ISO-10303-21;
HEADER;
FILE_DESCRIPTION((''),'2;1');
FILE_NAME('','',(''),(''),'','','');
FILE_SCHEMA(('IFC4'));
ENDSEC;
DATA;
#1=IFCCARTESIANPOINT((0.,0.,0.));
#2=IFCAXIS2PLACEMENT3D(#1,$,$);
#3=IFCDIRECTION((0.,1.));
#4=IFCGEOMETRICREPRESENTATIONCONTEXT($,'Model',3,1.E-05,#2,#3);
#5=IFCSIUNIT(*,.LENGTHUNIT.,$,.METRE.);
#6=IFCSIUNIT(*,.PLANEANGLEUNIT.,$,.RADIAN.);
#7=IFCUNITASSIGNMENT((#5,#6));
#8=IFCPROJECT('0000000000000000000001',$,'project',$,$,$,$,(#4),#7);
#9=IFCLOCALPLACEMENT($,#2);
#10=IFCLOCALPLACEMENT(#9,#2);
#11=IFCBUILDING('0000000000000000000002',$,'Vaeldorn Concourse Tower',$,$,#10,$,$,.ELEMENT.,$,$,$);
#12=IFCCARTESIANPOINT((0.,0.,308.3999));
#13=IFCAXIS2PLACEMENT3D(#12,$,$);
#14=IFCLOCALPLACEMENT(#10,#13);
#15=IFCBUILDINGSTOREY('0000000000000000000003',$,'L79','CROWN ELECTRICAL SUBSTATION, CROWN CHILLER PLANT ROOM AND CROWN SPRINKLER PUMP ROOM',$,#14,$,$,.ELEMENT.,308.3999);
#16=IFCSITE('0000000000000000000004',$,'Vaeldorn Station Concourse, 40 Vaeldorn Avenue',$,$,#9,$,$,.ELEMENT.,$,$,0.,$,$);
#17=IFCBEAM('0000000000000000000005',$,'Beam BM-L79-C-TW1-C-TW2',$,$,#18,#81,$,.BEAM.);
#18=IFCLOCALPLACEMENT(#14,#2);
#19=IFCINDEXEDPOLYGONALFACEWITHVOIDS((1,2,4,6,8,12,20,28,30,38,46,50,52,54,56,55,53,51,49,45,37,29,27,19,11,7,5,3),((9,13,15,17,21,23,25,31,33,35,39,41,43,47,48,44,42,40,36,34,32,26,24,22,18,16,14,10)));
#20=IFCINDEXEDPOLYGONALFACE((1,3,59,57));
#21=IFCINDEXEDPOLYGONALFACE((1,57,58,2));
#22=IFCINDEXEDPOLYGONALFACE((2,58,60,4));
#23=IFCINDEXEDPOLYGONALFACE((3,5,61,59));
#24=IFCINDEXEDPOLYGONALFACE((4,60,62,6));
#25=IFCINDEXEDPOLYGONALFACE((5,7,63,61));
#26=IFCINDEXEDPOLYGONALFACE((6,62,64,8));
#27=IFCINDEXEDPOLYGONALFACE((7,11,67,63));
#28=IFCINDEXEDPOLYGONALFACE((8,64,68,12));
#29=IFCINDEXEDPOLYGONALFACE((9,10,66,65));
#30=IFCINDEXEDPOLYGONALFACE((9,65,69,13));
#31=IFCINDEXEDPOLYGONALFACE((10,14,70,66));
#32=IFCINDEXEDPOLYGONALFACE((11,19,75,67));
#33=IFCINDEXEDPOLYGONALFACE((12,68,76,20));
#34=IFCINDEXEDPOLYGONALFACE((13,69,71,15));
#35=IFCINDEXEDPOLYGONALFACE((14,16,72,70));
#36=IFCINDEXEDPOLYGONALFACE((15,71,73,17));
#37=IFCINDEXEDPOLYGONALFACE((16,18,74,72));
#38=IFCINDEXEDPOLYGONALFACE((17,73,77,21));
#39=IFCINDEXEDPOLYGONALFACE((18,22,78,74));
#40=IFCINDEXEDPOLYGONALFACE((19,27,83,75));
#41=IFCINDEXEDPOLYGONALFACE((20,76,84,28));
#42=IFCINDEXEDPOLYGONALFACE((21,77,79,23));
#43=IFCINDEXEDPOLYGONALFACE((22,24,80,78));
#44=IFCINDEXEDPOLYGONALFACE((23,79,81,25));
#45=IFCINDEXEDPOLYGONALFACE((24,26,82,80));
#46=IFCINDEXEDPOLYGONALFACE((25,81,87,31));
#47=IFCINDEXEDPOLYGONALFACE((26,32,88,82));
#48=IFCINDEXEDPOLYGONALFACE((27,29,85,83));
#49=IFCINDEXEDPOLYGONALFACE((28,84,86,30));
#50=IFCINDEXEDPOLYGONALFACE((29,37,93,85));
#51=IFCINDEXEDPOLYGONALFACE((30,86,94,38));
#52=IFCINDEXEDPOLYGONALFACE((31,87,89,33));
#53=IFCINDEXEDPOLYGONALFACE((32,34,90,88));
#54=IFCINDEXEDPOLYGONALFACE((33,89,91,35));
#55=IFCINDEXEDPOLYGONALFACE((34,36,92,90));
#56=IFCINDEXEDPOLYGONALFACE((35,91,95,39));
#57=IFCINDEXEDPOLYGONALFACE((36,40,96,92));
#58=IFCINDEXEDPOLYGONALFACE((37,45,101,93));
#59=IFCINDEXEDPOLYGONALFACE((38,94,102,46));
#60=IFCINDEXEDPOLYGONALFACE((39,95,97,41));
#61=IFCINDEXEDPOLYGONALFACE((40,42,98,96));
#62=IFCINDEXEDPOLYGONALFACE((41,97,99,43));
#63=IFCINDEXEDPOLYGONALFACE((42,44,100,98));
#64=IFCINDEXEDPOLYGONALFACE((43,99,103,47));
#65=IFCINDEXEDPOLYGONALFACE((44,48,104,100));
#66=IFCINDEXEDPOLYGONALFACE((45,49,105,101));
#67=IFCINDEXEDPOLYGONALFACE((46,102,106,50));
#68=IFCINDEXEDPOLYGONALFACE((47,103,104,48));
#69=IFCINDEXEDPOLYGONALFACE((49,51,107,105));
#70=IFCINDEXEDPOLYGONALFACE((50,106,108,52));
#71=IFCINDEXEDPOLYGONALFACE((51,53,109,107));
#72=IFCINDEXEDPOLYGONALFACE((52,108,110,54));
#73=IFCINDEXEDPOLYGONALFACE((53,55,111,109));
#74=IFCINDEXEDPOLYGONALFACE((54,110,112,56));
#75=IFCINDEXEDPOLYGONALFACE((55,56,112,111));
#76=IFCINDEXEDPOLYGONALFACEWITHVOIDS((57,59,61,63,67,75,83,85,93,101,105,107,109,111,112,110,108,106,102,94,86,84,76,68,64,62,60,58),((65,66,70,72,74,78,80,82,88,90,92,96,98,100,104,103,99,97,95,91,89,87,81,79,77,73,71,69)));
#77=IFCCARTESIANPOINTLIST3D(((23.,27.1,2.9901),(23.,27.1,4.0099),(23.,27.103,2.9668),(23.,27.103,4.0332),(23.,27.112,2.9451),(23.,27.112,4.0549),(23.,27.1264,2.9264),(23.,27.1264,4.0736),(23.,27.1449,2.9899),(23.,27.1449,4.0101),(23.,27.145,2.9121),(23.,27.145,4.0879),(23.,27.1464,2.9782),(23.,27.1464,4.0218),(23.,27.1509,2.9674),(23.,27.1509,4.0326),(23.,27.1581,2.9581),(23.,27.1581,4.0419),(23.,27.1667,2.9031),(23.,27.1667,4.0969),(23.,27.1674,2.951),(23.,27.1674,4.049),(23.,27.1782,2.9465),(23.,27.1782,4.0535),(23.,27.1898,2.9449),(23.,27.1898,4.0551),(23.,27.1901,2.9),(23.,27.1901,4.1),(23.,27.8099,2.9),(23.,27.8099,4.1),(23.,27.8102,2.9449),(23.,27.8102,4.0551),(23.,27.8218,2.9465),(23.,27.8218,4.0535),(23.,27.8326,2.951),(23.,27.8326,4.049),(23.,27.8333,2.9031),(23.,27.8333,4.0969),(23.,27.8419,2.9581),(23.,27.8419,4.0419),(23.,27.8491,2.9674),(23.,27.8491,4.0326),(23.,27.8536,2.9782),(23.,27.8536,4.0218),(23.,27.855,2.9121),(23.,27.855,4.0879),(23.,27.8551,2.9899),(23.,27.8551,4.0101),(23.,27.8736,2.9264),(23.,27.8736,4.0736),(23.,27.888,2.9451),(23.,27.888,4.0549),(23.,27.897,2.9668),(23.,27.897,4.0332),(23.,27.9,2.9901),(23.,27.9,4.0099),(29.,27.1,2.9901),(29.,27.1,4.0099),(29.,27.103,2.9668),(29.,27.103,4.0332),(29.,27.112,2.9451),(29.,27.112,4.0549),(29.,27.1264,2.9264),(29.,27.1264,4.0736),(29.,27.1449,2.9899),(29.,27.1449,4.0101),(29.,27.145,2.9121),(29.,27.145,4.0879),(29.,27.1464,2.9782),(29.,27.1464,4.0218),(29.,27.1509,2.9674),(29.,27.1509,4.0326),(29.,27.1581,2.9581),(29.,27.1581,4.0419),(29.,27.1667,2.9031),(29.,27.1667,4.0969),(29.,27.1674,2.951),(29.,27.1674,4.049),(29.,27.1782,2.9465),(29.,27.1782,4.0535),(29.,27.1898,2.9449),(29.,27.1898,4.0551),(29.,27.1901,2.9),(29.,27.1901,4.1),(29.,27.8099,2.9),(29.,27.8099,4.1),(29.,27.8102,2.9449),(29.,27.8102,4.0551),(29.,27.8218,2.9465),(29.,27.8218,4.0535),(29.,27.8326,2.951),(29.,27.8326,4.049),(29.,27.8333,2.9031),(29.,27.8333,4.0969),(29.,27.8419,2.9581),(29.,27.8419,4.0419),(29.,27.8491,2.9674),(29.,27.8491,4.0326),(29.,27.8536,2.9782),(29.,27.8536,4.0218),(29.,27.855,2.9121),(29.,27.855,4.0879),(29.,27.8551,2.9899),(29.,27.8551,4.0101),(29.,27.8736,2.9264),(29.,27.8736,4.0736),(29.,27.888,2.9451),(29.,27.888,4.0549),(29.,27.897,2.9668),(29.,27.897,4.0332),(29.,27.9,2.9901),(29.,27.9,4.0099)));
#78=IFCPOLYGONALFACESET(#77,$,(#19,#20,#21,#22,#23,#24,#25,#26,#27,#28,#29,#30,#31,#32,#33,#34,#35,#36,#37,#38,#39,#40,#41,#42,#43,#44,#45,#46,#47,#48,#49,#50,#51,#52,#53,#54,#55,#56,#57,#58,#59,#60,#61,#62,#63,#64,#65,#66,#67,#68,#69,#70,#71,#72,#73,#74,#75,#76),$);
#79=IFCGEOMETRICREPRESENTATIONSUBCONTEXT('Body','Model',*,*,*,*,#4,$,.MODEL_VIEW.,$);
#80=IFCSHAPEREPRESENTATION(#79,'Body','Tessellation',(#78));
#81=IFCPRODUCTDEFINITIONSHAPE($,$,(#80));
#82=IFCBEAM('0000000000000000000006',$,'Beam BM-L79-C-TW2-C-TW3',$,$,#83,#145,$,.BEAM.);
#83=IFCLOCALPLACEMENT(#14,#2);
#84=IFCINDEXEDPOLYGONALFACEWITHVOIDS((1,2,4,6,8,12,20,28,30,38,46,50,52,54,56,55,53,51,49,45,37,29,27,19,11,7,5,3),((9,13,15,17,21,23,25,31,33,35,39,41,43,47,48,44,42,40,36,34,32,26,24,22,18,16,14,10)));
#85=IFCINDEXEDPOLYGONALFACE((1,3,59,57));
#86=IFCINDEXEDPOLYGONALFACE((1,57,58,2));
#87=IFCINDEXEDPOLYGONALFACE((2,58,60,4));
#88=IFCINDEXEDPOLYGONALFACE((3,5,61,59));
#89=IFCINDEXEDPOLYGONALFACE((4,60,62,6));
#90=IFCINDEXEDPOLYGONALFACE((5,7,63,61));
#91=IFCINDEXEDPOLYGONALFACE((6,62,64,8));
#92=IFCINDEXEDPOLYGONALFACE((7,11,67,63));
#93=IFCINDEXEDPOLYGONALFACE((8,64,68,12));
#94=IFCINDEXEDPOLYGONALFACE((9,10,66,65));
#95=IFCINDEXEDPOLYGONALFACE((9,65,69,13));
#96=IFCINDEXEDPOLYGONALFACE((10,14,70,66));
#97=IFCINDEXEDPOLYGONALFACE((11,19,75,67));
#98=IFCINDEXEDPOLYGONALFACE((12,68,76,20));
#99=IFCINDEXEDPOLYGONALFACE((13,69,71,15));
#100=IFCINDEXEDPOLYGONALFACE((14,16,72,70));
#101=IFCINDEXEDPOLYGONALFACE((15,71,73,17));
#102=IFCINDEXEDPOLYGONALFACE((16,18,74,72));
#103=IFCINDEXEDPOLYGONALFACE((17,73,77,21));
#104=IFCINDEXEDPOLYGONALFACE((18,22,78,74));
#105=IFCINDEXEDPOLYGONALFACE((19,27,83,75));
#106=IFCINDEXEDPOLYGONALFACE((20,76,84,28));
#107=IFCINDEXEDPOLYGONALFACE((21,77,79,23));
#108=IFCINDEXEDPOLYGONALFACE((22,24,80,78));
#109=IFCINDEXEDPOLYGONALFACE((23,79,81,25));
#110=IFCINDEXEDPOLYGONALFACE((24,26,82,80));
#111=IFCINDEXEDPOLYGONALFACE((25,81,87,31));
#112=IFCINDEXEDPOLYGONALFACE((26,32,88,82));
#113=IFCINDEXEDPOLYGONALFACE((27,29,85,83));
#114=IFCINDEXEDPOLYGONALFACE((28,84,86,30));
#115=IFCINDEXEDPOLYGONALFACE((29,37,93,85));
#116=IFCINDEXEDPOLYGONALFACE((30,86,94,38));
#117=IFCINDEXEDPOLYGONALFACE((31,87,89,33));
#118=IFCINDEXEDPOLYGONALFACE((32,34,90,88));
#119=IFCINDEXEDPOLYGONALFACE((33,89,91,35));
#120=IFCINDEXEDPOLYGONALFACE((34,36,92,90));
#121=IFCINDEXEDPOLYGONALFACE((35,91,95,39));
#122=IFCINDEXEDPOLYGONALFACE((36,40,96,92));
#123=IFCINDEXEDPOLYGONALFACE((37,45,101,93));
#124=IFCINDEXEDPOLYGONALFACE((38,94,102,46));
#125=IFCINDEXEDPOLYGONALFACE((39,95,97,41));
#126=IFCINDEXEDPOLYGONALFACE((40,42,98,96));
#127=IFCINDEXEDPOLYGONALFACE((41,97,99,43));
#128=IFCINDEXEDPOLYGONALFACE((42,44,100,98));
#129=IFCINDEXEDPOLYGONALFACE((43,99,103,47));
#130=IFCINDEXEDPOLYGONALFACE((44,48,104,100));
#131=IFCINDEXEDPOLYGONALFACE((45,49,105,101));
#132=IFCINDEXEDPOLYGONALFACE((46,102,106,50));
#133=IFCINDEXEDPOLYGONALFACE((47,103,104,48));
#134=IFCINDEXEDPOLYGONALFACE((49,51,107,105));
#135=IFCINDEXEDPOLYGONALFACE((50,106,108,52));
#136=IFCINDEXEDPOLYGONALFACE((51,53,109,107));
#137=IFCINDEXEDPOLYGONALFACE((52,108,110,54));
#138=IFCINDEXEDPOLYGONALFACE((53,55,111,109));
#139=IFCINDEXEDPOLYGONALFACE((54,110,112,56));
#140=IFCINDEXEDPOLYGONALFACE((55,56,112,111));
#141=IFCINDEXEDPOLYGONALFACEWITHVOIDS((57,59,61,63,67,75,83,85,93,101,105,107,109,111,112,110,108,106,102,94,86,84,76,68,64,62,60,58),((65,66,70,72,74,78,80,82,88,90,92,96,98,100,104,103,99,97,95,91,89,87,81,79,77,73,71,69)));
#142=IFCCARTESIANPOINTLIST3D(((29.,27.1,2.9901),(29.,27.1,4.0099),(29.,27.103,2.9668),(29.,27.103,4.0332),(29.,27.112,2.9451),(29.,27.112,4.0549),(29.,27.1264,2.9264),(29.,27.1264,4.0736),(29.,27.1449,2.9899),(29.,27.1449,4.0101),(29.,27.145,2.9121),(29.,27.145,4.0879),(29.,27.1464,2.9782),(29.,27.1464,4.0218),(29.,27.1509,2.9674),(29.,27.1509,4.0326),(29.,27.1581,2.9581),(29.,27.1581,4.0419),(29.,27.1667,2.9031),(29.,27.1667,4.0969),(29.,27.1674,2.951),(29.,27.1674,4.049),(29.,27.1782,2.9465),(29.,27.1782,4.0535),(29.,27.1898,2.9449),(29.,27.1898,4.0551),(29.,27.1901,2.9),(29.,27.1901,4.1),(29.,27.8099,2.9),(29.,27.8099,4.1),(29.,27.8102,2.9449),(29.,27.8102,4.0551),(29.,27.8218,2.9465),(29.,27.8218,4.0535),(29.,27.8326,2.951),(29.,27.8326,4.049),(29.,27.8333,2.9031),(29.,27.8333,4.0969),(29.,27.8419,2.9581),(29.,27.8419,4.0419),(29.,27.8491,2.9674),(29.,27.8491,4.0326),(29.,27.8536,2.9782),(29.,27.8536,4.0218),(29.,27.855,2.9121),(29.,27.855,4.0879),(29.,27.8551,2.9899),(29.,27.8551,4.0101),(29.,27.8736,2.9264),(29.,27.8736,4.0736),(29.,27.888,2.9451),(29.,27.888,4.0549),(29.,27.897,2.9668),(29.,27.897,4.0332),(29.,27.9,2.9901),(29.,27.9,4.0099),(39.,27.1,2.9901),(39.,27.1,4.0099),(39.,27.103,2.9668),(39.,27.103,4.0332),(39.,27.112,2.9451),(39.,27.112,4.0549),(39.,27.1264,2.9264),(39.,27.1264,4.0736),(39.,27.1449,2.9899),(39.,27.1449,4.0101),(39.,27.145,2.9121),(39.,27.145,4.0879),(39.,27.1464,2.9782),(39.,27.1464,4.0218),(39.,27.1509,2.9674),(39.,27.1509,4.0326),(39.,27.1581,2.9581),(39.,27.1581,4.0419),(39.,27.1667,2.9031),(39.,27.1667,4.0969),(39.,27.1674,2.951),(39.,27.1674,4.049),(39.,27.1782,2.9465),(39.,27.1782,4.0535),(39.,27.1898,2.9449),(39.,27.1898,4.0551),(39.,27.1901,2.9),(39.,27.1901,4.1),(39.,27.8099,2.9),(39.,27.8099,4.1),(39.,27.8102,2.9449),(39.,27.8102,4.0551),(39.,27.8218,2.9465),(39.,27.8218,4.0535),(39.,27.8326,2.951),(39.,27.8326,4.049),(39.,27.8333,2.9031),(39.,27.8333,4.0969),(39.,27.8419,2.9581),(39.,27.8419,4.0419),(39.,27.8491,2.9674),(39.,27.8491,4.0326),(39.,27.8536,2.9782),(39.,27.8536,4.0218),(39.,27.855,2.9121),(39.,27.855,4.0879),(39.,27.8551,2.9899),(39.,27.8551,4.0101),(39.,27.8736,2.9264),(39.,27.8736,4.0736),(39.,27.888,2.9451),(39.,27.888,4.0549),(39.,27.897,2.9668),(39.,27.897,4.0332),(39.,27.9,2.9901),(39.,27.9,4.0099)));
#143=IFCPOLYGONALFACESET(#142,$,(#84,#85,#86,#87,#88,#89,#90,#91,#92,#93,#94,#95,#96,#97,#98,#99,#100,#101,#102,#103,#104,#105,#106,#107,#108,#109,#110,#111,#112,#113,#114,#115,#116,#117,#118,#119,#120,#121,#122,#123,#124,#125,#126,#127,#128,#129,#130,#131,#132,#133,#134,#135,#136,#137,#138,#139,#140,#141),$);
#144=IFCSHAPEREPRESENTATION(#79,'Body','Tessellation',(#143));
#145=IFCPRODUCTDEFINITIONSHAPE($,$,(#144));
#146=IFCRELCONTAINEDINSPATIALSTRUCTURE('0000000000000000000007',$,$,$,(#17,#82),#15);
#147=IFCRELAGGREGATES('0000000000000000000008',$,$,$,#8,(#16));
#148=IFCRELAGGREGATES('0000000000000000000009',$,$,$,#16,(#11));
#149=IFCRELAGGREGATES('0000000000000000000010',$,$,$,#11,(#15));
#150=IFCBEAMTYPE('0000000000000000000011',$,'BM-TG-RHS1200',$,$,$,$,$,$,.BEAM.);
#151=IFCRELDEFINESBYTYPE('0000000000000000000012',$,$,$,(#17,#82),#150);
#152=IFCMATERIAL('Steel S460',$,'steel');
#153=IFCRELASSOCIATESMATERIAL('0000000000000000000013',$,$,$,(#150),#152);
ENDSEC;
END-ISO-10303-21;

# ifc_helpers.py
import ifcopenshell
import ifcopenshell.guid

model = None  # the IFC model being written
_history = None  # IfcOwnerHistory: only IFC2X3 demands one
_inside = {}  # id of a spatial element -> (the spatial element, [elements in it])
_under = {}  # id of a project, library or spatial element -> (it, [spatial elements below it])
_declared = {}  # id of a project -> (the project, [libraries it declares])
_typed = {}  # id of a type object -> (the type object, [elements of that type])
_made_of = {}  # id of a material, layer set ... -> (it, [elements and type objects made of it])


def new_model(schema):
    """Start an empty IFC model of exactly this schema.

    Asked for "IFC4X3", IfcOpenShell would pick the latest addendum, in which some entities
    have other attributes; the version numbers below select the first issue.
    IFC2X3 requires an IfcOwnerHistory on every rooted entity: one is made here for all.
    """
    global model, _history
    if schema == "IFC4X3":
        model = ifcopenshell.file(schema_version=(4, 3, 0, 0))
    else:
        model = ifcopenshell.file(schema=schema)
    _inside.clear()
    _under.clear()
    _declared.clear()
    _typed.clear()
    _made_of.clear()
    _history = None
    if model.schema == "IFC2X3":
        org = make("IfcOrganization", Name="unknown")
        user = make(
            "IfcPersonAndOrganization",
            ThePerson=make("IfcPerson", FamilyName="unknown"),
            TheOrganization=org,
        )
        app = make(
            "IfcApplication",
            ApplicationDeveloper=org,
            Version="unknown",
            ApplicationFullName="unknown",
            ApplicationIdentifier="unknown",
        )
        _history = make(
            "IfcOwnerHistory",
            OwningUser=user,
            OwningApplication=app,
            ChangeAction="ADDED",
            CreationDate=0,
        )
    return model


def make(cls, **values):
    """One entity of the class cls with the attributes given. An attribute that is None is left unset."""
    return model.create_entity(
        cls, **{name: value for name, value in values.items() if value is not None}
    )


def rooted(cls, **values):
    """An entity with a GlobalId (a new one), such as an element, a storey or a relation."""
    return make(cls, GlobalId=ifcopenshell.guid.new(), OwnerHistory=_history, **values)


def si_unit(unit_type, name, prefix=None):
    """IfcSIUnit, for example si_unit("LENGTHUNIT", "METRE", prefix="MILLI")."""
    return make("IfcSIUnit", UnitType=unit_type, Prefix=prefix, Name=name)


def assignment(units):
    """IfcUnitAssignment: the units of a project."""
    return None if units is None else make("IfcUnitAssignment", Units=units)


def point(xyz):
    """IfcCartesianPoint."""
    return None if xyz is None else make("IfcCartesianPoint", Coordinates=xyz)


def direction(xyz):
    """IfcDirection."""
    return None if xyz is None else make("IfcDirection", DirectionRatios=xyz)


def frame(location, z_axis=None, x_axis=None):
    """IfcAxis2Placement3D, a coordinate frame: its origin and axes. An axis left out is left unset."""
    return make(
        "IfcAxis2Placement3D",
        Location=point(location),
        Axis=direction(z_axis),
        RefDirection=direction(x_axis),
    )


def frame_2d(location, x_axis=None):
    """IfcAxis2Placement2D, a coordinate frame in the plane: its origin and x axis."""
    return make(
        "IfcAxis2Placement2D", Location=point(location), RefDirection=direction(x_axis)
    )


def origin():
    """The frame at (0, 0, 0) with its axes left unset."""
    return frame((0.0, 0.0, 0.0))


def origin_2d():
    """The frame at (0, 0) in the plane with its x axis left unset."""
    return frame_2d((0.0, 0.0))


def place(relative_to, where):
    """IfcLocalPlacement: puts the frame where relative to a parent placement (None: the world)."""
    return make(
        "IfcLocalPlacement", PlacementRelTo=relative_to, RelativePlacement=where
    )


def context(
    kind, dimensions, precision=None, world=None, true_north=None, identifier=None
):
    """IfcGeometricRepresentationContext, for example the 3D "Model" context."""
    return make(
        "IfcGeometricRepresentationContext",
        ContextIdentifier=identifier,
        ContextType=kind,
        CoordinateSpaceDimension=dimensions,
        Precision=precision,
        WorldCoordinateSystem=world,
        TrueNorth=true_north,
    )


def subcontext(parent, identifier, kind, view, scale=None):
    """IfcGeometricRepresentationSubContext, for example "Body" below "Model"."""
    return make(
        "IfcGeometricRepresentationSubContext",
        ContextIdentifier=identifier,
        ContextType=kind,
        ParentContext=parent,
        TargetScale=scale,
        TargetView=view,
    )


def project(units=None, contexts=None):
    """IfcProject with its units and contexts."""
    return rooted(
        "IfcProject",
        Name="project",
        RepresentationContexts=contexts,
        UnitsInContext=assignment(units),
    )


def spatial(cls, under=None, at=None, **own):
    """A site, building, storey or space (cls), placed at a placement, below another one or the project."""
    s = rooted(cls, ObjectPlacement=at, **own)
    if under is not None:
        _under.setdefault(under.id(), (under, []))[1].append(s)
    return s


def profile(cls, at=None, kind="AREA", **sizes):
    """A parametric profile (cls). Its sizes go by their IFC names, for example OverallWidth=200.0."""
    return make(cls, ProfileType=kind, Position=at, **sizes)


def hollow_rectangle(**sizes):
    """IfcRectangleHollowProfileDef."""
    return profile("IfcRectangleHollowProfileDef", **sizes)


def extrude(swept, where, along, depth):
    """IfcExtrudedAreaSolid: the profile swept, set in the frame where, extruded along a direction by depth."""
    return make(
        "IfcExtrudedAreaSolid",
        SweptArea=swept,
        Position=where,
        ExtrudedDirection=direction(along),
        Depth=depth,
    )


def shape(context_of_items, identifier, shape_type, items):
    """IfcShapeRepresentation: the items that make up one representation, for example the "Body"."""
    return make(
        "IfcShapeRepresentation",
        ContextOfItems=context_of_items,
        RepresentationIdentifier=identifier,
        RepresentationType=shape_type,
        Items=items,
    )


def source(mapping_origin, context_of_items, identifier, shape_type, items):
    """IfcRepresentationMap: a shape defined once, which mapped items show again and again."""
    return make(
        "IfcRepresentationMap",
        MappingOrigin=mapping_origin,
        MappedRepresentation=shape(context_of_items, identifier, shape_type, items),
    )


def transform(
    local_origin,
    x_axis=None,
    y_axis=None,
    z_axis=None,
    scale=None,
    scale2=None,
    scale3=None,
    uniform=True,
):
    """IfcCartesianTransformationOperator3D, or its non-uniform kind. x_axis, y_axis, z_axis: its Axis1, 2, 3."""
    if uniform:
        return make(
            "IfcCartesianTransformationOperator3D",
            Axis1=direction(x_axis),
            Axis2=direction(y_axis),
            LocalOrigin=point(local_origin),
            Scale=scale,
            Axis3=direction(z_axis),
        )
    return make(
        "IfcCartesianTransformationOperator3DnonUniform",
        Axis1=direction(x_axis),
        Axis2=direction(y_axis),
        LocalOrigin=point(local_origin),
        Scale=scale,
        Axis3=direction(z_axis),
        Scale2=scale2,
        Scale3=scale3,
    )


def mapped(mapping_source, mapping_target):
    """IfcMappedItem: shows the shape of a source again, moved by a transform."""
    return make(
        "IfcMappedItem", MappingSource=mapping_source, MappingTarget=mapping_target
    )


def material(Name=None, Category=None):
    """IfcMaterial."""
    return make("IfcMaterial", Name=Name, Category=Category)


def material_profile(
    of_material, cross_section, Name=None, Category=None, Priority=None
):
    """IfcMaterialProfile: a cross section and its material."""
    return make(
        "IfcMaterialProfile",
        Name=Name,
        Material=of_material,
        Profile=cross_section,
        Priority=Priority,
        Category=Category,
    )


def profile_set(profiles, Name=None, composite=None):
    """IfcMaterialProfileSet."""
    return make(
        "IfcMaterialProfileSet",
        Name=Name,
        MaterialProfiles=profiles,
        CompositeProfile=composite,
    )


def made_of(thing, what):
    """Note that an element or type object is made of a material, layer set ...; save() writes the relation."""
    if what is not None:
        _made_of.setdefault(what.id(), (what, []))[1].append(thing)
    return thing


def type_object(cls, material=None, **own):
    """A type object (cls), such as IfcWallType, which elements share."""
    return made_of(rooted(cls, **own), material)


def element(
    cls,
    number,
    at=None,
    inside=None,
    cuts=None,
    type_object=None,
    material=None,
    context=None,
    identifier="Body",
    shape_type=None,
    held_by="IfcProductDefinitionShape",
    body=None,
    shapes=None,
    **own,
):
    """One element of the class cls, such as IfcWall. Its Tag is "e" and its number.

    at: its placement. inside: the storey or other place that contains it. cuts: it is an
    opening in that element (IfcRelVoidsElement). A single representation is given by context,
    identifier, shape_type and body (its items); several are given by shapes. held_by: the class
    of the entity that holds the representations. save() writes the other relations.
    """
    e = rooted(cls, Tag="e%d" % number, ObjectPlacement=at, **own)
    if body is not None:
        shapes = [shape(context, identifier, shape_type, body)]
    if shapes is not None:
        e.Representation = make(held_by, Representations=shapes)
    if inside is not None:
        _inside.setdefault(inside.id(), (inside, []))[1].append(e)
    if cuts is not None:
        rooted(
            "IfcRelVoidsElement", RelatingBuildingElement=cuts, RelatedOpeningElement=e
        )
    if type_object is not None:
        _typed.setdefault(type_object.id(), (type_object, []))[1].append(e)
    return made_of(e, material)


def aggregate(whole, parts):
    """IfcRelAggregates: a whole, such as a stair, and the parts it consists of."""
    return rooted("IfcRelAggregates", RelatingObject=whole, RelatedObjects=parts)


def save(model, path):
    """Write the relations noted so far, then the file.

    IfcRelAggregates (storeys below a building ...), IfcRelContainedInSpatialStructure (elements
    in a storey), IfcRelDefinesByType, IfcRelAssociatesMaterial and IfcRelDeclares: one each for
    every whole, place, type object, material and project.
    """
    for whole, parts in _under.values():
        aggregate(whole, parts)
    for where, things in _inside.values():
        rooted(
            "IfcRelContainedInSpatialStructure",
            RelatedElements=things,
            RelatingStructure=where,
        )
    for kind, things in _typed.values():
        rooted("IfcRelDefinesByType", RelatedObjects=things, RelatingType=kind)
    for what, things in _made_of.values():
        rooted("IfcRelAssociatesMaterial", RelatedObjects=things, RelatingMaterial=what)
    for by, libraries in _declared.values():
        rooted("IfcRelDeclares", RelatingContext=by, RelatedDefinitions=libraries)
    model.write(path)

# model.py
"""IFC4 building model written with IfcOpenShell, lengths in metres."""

from ifc_helpers import new_model, si_unit, direction, frame, origin, origin_2d, place, context, subcontext, project, spatial, hollow_rectangle, extrude, source, transform, mapped, material, material_profile, profile_set, type_object, element, save


model = new_model("IFC4")

# Units and contexts
model_context = context("Model", 3, precision=1e-05, world=origin(), true_north=direction((0.0, 1.0)))
body_context = subcontext(model_context, "Body", "Model", "MODEL_VIEW")
ifc_project = project(units=[si_unit("LENGTHUNIT", "METRE"), si_unit("PLANEANGLEUNIT", "RADIAN")], contexts=[model_context])

# Site, building, storey
site_placement = place(None, origin())
site = spatial("IfcSite", under=ifc_project, at=site_placement, Name="Vaeldorn Station Concourse, 40 Vaeldorn Avenue", CompositionType="ELEMENT", RefElevation=0.0)
building_placement = place(site_placement, origin())
building = spatial("IfcBuilding", under=site, at=building_placement, Name="Vaeldorn Concourse Tower", CompositionType="ELEMENT")
storey_placement = place(building_placement, frame((0.0, 0.0, 308.3999)))
storey = spatial("IfcBuildingStorey", under=building, at=storey_placement, Name="L79", Description="CROWN ELECTRICAL SUBSTATION, CROWN CHILLER PLANT ROOM AND CROWN SPRINKLER PUMP ROOM", CompositionType="ELEMENT", Elevation=308.3999)

# Beams
ifc_material_1 = material(Name="Steel S460", Category="steel")
ifc_material_profile_1 = material_profile(ifc_material_1, hollow_rectangle(XDim=0.8, YDim=1.2, WallThickness=0.0449, InnerFilletRadius=0.0449, OuterFilletRadius=0.0901, at=origin_2d()), Name="RHS 1200x800x45")
ifc_profile_set_1 = profile_set([ifc_material_profile_1], Name="Steel S460")
beam_type_1 = type_object("IfcBeamType", Name="BM-TG-RHS1200", PredefinedType="BEAM", material=ifc_profile_set_1)
shared_shape_1 = source(origin(), body_context, "Body", "SweptSolid", [
    extrude(hollow_rectangle(XDim=0.8, YDim=1.2, WallThickness=0.0449, InnerFilletRadius=0.0449, OuterFilletRadius=0.0901, at=origin_2d()), origin(), (0.0, 0.0, 1.0), 6.0),
])
beam_1_placement = place(storey_placement, frame((23.0, 27.5, 3.5), z_axis=(1.0, 0.0, 0.0), x_axis=(0.0, 1.0, 0.0)))
element("IfcBeam", 1, at=beam_1_placement, inside=storey, type_object=beam_type_1, Name="Beam BM-L79-C-TW1-C-TW2", PredefinedType="BEAM", context=body_context, shape_type="MappedRepresentation", body=[
    mapped(shared_shape_1, transform((0.0, 0.0, 0.0), scale=1.0)),
])
shared_shape_2 = source(origin(), body_context, "Body", "SweptSolid", [
    extrude(hollow_rectangle(XDim=0.8, YDim=1.2, WallThickness=0.0449, InnerFilletRadius=0.0449, OuterFilletRadius=0.0901, at=origin_2d()), origin(), (0.0, 0.0, 1.0), 10.0),
])
beam_2_placement = place(storey_placement, frame((29.0, 27.5, 3.5), z_axis=(1.0, 0.0, 0.0), x_axis=(0.0, 1.0, 0.0)))
element("IfcBeam", 2, at=beam_2_placement, inside=storey, type_object=beam_type_1, Name="Beam BM-L79-C-TW2-C-TW3", PredefinedType="BEAM", context=body_context, shape_type="MappedRepresentation", body=[
    mapped(shared_shape_2, transform((0.0, 0.0, 0.0), scale=1.0)),
])

save(model, "model.ifc")
